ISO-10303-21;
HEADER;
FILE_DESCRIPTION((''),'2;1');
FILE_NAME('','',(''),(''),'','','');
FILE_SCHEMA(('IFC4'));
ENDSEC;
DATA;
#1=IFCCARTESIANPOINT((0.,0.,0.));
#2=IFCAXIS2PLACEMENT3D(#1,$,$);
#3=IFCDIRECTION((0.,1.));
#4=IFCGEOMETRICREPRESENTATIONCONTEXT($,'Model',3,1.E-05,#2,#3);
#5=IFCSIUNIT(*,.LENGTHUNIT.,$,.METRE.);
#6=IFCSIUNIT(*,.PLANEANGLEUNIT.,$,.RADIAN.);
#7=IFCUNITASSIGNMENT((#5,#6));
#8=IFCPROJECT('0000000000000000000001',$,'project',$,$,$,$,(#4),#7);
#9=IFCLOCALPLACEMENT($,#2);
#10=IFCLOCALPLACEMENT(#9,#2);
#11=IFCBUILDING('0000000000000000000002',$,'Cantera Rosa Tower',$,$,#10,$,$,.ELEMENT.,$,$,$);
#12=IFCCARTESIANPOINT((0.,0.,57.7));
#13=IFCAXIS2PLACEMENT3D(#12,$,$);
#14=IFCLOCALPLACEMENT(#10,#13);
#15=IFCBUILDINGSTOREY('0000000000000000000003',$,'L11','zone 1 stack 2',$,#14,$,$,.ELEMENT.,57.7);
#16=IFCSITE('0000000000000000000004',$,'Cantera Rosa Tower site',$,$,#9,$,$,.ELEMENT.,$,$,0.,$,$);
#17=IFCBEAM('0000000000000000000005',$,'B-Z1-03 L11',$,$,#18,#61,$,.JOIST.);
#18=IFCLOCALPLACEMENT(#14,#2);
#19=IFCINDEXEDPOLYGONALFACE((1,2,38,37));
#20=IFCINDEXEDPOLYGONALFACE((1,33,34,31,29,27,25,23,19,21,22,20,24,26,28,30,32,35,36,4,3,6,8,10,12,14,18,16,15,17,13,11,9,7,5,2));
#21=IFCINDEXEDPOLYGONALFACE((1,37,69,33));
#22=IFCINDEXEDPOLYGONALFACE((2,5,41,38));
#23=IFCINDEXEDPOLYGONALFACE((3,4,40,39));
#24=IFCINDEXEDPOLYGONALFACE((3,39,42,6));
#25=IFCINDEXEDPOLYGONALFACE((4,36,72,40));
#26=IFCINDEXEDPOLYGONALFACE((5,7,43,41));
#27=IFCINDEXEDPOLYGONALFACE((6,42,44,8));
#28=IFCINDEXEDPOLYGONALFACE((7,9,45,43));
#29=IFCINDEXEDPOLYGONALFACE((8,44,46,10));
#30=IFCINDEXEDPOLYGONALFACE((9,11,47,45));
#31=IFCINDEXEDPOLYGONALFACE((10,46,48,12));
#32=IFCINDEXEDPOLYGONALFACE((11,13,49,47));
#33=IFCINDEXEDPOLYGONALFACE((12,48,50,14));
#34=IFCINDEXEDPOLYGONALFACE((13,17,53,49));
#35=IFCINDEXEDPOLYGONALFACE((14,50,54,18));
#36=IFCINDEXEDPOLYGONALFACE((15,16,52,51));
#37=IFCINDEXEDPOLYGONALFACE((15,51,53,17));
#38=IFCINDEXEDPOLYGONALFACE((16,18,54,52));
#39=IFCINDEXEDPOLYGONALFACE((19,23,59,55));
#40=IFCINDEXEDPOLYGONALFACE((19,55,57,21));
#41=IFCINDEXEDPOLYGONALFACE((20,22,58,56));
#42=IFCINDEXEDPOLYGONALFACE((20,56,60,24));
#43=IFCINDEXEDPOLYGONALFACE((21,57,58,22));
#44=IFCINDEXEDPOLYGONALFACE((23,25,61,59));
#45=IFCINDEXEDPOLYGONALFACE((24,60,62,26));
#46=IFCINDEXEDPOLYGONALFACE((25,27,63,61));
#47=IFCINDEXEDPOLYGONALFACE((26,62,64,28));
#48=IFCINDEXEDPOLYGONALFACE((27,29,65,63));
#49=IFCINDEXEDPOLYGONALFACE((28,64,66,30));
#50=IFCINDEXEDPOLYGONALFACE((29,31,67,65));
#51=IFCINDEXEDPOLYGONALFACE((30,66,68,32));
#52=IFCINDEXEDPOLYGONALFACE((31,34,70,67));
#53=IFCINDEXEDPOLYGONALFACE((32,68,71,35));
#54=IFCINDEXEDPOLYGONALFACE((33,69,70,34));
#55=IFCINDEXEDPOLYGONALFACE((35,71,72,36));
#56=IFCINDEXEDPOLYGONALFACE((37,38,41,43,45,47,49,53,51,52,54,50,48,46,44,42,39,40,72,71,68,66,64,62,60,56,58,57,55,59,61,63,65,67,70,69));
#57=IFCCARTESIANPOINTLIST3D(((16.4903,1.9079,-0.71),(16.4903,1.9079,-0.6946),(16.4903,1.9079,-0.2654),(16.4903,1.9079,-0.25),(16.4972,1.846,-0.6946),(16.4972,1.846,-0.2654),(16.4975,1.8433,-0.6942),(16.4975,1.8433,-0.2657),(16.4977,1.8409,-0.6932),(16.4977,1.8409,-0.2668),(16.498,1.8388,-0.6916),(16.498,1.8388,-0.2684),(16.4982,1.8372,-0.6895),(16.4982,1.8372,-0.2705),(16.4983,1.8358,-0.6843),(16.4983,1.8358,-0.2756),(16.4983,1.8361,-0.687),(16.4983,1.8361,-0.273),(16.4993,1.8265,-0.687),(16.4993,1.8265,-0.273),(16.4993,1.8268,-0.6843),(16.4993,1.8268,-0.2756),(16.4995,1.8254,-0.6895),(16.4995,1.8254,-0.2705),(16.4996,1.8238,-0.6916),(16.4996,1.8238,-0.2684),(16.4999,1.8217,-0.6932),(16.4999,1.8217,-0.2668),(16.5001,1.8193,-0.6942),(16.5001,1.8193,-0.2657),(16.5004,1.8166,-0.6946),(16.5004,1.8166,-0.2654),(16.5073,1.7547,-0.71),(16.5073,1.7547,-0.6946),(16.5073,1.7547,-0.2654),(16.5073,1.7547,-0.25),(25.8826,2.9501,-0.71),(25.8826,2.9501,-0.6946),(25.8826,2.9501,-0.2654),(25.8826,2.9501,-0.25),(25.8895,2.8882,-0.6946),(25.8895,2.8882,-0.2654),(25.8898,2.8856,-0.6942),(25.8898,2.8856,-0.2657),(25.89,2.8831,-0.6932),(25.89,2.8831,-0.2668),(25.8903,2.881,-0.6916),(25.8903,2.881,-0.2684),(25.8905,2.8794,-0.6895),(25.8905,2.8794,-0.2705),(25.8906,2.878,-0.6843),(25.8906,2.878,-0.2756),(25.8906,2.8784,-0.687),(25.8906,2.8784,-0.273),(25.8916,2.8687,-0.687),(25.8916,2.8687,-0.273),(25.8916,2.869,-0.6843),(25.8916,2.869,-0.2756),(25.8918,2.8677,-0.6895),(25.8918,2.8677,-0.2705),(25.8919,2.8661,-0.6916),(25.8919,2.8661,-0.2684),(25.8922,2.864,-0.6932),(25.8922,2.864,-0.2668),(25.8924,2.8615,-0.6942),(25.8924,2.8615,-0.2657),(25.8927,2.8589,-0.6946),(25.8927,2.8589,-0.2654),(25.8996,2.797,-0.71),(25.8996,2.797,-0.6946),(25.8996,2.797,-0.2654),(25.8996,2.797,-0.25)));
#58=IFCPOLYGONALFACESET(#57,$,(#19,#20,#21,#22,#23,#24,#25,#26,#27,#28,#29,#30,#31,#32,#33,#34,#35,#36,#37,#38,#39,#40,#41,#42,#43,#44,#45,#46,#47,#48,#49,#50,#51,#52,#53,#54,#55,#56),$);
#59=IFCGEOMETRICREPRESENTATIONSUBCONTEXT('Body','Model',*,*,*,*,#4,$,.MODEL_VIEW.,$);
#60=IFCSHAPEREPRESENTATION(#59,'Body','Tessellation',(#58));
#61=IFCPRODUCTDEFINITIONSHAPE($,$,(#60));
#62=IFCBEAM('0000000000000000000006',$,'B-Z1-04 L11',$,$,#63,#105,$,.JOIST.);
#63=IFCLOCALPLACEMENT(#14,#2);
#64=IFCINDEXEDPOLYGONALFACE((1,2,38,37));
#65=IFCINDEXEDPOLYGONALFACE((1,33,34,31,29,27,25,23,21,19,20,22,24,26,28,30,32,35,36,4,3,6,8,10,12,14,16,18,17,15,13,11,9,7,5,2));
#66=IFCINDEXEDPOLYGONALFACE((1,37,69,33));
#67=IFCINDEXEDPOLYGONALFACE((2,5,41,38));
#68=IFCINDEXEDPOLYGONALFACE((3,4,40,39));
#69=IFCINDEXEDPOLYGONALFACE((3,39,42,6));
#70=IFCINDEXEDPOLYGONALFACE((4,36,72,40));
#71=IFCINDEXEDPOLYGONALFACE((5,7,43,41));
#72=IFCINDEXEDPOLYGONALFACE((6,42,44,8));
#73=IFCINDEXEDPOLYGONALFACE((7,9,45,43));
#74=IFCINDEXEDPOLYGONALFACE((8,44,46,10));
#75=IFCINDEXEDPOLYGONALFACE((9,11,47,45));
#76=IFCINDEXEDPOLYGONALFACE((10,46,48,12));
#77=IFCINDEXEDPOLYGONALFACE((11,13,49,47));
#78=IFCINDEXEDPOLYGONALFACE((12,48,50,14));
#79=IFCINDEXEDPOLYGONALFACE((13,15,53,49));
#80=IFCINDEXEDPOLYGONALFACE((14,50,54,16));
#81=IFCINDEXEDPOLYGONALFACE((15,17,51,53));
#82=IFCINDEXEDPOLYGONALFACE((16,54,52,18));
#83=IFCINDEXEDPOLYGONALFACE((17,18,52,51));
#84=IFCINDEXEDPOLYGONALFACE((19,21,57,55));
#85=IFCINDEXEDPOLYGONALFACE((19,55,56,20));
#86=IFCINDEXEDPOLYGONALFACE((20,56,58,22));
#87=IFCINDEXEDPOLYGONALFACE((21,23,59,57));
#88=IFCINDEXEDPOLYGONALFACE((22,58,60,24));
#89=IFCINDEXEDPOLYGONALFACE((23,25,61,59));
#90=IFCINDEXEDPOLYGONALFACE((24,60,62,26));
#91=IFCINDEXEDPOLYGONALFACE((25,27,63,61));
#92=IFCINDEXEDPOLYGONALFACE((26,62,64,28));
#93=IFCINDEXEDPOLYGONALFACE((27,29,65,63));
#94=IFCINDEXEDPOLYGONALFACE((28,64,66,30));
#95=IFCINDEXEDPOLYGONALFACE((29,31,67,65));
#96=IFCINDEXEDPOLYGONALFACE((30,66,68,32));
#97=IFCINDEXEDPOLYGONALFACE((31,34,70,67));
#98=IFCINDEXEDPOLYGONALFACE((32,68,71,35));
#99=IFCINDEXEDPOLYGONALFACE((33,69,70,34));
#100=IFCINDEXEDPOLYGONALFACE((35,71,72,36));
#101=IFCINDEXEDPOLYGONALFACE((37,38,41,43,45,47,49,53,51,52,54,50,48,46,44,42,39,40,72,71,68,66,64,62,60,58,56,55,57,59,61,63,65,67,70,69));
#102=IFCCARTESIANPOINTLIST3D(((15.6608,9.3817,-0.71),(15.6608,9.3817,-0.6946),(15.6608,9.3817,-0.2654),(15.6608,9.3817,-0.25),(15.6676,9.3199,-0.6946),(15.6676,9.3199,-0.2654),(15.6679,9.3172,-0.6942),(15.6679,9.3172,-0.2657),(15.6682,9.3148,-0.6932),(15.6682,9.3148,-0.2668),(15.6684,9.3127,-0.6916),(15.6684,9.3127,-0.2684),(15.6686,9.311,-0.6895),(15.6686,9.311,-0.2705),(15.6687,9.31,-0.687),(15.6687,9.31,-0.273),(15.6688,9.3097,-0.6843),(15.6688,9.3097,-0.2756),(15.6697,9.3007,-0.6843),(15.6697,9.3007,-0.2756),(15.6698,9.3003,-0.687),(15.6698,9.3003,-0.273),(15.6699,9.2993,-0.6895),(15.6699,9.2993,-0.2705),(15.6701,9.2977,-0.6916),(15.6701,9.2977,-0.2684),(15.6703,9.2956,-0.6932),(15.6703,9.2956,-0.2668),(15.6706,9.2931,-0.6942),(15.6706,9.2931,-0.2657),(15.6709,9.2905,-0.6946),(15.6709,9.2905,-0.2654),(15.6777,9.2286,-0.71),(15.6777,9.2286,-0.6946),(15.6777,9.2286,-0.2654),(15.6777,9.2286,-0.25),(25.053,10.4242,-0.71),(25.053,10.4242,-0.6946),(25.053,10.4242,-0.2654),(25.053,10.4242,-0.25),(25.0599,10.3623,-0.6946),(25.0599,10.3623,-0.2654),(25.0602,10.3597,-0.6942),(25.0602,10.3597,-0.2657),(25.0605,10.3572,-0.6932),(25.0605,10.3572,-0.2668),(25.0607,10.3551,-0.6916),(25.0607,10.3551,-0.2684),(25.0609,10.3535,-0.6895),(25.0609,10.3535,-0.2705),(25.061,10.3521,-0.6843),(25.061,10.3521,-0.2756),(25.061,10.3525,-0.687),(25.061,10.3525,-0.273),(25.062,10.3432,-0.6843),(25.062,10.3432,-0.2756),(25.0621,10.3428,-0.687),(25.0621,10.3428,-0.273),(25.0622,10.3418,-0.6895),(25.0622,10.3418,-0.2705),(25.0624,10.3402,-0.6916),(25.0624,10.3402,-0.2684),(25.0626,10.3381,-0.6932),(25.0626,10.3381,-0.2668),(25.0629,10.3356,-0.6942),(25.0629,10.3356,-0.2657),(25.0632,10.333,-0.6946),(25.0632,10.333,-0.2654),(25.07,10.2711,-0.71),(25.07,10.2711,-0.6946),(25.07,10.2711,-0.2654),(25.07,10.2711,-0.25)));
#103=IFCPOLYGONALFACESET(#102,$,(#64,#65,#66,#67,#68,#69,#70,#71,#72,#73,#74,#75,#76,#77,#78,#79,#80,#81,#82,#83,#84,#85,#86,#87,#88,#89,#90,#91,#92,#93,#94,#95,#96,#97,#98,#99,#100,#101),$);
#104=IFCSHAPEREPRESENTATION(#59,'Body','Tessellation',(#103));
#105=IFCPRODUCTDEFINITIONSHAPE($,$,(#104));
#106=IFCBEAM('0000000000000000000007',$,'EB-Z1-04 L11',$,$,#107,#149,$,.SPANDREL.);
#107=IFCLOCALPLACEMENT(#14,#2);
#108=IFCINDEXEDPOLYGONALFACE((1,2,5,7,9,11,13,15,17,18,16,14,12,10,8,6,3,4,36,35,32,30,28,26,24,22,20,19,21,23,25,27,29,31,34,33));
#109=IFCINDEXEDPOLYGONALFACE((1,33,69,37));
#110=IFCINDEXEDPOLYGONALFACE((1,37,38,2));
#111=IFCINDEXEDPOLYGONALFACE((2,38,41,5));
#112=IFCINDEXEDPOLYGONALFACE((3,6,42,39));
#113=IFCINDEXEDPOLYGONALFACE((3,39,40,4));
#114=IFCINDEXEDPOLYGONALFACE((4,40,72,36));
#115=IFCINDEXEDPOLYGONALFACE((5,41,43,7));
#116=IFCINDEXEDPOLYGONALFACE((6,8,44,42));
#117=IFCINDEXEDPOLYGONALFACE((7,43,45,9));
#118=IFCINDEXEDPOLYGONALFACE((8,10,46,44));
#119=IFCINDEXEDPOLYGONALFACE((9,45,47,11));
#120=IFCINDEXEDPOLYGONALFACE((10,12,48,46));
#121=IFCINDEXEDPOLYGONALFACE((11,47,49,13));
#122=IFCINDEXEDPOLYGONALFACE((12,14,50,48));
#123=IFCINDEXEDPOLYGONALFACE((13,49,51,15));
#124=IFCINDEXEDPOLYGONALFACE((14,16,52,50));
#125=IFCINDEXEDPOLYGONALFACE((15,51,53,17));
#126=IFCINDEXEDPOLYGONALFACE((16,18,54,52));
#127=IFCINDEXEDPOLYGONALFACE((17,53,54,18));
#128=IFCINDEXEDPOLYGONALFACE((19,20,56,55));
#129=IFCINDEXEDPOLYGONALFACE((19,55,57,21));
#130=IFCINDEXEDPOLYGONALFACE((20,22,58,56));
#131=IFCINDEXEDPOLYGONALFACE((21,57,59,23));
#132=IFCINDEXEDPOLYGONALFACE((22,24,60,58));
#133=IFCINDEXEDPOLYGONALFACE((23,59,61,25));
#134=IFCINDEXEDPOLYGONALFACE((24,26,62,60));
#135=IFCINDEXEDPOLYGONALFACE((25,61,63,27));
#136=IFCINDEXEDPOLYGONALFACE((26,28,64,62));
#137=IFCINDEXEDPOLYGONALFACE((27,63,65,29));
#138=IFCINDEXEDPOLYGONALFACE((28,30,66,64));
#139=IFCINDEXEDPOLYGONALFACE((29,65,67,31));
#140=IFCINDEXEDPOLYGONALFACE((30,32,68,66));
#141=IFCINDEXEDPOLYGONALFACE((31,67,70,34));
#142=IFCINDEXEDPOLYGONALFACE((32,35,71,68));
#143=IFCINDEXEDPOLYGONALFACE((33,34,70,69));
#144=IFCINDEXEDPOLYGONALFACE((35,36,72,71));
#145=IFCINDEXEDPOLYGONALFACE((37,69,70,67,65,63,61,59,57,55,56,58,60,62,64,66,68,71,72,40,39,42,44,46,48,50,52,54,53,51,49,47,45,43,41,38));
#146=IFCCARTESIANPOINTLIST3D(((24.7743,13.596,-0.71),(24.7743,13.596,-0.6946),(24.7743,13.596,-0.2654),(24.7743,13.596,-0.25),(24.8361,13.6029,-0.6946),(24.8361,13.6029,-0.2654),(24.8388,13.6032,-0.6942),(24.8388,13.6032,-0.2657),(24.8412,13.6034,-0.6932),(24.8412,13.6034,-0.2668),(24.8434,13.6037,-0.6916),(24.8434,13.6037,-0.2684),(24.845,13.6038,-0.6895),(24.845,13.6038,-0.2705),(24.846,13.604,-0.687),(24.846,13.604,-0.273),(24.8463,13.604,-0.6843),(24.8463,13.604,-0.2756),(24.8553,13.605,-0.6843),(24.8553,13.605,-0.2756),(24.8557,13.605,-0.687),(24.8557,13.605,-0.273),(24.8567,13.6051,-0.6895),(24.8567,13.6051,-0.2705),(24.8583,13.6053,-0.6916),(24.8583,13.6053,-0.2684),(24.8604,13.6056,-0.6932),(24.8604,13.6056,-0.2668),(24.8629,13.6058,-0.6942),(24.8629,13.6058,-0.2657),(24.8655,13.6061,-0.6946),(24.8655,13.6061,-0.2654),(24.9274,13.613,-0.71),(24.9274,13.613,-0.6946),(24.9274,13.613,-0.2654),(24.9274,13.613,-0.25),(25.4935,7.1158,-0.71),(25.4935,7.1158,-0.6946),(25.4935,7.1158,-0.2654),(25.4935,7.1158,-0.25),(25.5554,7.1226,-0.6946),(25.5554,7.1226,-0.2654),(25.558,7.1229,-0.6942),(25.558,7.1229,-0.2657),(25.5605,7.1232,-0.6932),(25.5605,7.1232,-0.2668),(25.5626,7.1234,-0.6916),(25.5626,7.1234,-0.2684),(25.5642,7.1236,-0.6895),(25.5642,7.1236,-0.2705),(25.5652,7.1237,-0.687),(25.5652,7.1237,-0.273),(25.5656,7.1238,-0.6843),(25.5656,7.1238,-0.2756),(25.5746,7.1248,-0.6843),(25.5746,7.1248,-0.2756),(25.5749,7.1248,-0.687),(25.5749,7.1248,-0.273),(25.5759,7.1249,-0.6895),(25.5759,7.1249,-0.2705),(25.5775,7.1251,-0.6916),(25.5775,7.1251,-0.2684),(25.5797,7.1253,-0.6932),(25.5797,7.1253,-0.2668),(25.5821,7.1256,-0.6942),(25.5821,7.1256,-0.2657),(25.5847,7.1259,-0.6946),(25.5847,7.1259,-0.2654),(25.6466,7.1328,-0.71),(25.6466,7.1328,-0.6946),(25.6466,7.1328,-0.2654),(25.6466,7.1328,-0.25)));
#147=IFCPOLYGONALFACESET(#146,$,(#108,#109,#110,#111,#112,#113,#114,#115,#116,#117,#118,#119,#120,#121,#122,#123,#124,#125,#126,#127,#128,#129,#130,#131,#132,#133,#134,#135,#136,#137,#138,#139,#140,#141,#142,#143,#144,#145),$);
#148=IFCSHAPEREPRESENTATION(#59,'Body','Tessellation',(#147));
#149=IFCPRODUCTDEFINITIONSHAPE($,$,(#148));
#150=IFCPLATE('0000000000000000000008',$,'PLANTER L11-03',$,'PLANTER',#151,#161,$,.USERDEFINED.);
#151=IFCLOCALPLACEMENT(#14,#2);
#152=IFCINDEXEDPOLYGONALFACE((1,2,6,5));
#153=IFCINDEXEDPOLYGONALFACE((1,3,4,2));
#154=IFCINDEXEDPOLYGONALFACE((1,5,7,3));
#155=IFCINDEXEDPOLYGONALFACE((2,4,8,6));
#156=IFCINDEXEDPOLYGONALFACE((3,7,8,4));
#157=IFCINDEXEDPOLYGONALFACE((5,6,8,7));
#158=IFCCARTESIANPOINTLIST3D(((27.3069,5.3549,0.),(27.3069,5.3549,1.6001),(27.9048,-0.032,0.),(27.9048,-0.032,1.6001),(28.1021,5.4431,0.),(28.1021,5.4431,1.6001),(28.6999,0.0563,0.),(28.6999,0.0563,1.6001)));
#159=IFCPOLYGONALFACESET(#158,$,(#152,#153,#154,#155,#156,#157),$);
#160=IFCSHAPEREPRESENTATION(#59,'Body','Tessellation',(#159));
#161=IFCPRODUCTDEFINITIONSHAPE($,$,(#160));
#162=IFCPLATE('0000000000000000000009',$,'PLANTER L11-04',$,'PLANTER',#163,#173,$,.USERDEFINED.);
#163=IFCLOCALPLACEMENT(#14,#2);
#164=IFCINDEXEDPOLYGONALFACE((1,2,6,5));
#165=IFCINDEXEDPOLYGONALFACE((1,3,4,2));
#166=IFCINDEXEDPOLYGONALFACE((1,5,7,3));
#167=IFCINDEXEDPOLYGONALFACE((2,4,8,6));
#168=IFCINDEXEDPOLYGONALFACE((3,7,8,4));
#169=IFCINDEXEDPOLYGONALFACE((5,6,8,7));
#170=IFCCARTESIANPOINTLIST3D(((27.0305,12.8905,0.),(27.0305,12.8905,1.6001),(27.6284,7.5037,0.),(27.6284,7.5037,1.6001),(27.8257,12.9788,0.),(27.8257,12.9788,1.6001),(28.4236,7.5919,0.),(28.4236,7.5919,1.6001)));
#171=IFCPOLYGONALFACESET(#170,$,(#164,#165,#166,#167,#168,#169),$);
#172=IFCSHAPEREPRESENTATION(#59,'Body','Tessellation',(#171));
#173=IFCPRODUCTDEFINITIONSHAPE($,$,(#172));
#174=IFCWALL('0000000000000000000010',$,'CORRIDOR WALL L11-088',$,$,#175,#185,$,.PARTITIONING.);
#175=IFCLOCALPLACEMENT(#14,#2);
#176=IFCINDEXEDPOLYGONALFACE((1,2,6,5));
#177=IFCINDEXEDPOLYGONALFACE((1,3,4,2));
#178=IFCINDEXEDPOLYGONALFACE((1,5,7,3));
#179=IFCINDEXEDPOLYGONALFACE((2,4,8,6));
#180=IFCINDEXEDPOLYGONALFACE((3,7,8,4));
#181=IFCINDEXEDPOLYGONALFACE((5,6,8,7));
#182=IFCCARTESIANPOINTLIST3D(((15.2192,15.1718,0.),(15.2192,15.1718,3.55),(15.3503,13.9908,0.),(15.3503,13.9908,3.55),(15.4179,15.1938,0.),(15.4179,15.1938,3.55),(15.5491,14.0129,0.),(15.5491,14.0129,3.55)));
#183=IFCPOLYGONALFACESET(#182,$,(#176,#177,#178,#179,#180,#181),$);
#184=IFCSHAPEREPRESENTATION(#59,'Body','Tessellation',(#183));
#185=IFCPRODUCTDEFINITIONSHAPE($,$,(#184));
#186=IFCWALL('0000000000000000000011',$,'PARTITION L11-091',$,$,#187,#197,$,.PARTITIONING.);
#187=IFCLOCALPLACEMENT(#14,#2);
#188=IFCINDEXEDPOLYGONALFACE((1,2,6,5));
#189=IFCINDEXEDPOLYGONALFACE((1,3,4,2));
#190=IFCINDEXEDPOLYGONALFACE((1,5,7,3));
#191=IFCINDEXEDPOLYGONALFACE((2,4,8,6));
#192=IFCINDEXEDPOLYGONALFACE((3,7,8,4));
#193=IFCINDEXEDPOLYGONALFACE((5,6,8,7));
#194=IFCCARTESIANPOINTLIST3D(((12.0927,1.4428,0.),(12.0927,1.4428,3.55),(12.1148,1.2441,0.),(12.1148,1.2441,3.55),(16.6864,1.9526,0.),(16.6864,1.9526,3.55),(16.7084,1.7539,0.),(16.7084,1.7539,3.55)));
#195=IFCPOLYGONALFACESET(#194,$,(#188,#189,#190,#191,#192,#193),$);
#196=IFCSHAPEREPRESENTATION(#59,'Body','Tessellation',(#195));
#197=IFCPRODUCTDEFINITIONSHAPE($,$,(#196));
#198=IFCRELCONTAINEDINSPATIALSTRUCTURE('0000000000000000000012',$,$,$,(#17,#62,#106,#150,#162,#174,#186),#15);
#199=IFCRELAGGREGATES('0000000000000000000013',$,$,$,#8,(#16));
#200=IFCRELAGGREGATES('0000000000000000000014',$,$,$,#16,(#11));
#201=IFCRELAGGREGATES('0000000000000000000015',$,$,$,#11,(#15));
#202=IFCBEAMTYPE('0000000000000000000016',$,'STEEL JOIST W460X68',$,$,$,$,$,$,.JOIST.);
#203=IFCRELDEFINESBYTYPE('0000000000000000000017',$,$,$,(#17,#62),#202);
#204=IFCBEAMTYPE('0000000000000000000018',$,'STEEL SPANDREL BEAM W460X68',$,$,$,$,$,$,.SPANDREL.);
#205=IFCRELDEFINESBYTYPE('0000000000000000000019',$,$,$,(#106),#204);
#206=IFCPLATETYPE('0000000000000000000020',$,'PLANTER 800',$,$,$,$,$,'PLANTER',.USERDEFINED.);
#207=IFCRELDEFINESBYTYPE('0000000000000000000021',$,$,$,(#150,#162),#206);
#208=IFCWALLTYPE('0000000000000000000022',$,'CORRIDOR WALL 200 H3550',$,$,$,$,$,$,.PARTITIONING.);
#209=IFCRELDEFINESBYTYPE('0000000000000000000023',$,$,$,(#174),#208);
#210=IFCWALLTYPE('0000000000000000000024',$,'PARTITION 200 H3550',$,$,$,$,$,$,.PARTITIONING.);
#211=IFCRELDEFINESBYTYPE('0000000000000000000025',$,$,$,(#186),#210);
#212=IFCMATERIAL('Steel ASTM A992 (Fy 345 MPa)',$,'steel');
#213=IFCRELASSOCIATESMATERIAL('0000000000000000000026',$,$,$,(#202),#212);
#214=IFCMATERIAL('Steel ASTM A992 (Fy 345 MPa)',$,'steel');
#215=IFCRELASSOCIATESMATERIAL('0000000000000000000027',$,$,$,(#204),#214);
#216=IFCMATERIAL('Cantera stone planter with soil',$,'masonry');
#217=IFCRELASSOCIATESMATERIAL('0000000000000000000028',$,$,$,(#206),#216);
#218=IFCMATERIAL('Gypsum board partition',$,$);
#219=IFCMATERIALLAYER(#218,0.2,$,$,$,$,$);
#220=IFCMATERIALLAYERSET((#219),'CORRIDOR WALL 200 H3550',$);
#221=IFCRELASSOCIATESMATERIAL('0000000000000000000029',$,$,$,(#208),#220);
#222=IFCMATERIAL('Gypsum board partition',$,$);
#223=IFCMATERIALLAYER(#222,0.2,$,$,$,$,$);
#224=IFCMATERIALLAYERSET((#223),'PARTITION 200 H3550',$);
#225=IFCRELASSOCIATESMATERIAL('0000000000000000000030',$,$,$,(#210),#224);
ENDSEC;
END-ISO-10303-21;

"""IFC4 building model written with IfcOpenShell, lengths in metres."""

from ifc_helpers import new_model, si_unit, direction, frame, frame_2d, origin, origin_2d, place, context, subcontext, project, spatial, rectangle, i_section, extrude, material, layer, layer_set, material_profile, profile_set, type_object, element, save


model = new_model("IFC4")

# Units and contexts
model_context = context("Model", 3, precision=1e-05, world=origin(), true_north=direction((0.0, 1.0)))
body_context = subcontext(model_context, "Body", "Model", "MODEL_VIEW")
ifc_project = project(units=[si_unit("LENGTHUNIT", "METRE"), si_unit("PLANEANGLEUNIT", "RADIAN")], contexts=[model_context])

# Site, building, storey
site_placement = place(None, origin())
site = spatial("IfcSite", under=ifc_project, at=site_placement, Name="Cantera Rosa Tower site", CompositionType="ELEMENT", RefElevation=0.0)
building_placement = place(site_placement, origin())
building = spatial("IfcBuilding", under=site, at=building_placement, Name="Cantera Rosa Tower", CompositionType="ELEMENT")
storey_placement = place(building_placement, frame((0.0, 0.0, 57.7)))
storey = spatial("IfcBuildingStorey", under=building, at=storey_placement, Name="L11", Description="zone 1 stack 2", CompositionType="ELEMENT", Elevation=57.7)

# Beams
ifc_material_1 = material(Name="Steel ASTM A992 (Fy 345 MPa)", Category="steel")
ifc_material_profile_1 = material_profile(ifc_material_1, i_section(OverallWidth=0.1541, OverallDepth=0.46, WebThickness=0.009, FlangeThickness=0.0154, FilletRadius=0.0103, at=origin_2d()), Name="W460X68")
ifc_profile_set_1 = profile_set([ifc_material_profile_1], Name="Steel ASTM A992 (Fy 345 MPa)")
beam_type_1 = type_object("IfcBeamType", Name="STEEL JOIST W460X68", PredefinedType="JOIST", material=ifc_profile_set_1)
for number, where, z_axis, x_axis, name in (
    (1, (25.8911, 2.8735, -0.48), (-0.993899, -0.11029, 0.0), (0.11029, -0.993899, 0.0), "B-Z1-03 L11"),
    (2, (25.0615, 10.3477, -0.48), (-0.993897, -0.110315, 0.0), (0.110315, -0.993897, 0.0), "B-Z1-04 L11"),
):
    element("IfcBeam", number, at=place(storey_placement, frame(where, z_axis=z_axis, x_axis=x_axis)), inside=storey, type_object=beam_type_1, Name=name, PredefinedType="JOIST", context=body_context, shape_type="SweptSolid", body=[
        extrude(i_section(OverallWidth=0.1541, OverallDepth=0.46, WebThickness=0.009, FlangeThickness=0.0154, FilletRadius=0.0103, at=origin_2d()), origin(), (0.0, 0.0, 1.0), 9.45),
    ])
ifc_material_2 = material(Name="Steel ASTM A992 (Fy 345 MPa)", Category="steel")
ifc_material_profile_2 = material_profile(ifc_material_2, i_section(OverallWidth=0.1541, OverallDepth=0.46, WebThickness=0.009, FlangeThickness=0.0154, FilletRadius=0.0103, at=origin_2d()), Name="W460X68")
ifc_profile_set_2 = profile_set([ifc_material_profile_2], Name="Steel ASTM A992 (Fy 345 MPa)")
beam_type_2 = type_object("IfcBeamType", Name="STEEL SPANDREL BEAM W460X68", PredefinedType="SPANDREL", material=ifc_profile_set_2)
beam_1_placement = place(storey_placement, frame((25.5701, 7.1243, -0.48), z_axis=(-0.110312, 0.993897, 0.0), x_axis=(-0.993897, -0.110312, 0.0)))
element("IfcBeam", 3, at=beam_1_placement, inside=storey, type_object=beam_type_2, Name="EB-Z1-04 L11", PredefinedType="SPANDREL", context=body_context, shape_type="SweptSolid", body=[
    extrude(i_section(OverallWidth=0.1541, OverallDepth=0.46, WebThickness=0.009, FlangeThickness=0.0154, FilletRadius=0.0103, at=origin_2d()), origin(), (0.0, 0.0, 1.0), 6.52),
])

# Plates
ifc_material_3 = material(Name="Cantera stone planter with soil", Category="masonry")
plate_type = type_object("IfcPlateType", Name="PLANTER 800", ElementType="PLANTER", PredefinedType="USERDEFINED", material=ifc_material_3)
for number, where, z_axis, x_axis, name in (
    (4, (28.0034, 2.7056, 0.0), (0.0, 0.0, 1.0), (-0.110313, 0.993897, 0.0), "PLANTER L11-03"),
    (5, (27.7271, 10.2412, 0.0), (0.0, 0.0, 1.0), (-0.110313, 0.993897, 0.0), "PLANTER L11-04"),
):
    element("IfcPlate", number, at=place(storey_placement, frame(where, z_axis=z_axis, x_axis=x_axis)), inside=storey, type_object=plate_type, Name=name, ObjectType="PLANTER", PredefinedType="USERDEFINED", context=body_context, shape_type="SweptSolid", body=[
        extrude(rectangle(XDim=5.4199, YDim=0.8, at=origin_2d()), origin(), (0.0, 0.0, 1.0), 1.6001),
    ])

# Wall
ifc_material_4 = material(Name="Gypsum board partition")
ifc_layer_1 = layer(ifc_material_4, 0.2)
ifc_layer_set_1 = layer_set([ifc_layer_1], Name="CORRIDOR WALL 200 H3550")
wall_type_1 = type_object("IfcWallType", Name="CORRIDOR WALL 200 H3550", PredefinedType="PARTITIONING", material=ifc_layer_set_1)
wall_1_placement = place(storey_placement, frame((15.4497, 14.0017, 0.0), z_axis=(0.0, 0.0, 1.0), x_axis=(-0.110341, 0.993894, 0.0)))
element("IfcWall", 6, at=wall_1_placement, inside=storey, type_object=wall_type_1, Name="CORRIDOR WALL L11-088", PredefinedType="PARTITIONING", context=body_context, shape_type="SweptSolid", body=[
    extrude(rectangle(XDim=1.1882, YDim=0.2, at=frame_2d((0.5942, 0.0))), origin(), (0.0, 0.0, 1.0), 3.55),
])

# Wall
ifc_material_5 = material(Name="Gypsum board partition")
ifc_layer_2 = layer(ifc_material_5, 0.2)
ifc_layer_set_2 = layer_set([ifc_layer_2], Name="PARTITION 200 H3550")
wall_type_2 = type_object("IfcWallType", Name="PARTITION 200 H3550", PredefinedType="PARTITIONING", material=ifc_layer_set_2)
wall_2_placement = place(storey_placement, frame((16.6975, 1.8533, 0.0), z_axis=(0.0, 0.0, 1.0), x_axis=(-0.993899, -0.110298, 0.0)))
element("IfcWall", 7, at=wall_2_placement, inside=storey, type_object=wall_type_2, Name="PARTITION L11-091", PredefinedType="PARTITIONING", context=body_context, shape_type="SweptSolid", body=[
    extrude(rectangle(XDim=4.6218, YDim=0.2, at=frame_2d((2.311, 0.0))), origin(), (0.0, 0.0, 1.0), 3.55),
])

save(model, "model.ifc")
